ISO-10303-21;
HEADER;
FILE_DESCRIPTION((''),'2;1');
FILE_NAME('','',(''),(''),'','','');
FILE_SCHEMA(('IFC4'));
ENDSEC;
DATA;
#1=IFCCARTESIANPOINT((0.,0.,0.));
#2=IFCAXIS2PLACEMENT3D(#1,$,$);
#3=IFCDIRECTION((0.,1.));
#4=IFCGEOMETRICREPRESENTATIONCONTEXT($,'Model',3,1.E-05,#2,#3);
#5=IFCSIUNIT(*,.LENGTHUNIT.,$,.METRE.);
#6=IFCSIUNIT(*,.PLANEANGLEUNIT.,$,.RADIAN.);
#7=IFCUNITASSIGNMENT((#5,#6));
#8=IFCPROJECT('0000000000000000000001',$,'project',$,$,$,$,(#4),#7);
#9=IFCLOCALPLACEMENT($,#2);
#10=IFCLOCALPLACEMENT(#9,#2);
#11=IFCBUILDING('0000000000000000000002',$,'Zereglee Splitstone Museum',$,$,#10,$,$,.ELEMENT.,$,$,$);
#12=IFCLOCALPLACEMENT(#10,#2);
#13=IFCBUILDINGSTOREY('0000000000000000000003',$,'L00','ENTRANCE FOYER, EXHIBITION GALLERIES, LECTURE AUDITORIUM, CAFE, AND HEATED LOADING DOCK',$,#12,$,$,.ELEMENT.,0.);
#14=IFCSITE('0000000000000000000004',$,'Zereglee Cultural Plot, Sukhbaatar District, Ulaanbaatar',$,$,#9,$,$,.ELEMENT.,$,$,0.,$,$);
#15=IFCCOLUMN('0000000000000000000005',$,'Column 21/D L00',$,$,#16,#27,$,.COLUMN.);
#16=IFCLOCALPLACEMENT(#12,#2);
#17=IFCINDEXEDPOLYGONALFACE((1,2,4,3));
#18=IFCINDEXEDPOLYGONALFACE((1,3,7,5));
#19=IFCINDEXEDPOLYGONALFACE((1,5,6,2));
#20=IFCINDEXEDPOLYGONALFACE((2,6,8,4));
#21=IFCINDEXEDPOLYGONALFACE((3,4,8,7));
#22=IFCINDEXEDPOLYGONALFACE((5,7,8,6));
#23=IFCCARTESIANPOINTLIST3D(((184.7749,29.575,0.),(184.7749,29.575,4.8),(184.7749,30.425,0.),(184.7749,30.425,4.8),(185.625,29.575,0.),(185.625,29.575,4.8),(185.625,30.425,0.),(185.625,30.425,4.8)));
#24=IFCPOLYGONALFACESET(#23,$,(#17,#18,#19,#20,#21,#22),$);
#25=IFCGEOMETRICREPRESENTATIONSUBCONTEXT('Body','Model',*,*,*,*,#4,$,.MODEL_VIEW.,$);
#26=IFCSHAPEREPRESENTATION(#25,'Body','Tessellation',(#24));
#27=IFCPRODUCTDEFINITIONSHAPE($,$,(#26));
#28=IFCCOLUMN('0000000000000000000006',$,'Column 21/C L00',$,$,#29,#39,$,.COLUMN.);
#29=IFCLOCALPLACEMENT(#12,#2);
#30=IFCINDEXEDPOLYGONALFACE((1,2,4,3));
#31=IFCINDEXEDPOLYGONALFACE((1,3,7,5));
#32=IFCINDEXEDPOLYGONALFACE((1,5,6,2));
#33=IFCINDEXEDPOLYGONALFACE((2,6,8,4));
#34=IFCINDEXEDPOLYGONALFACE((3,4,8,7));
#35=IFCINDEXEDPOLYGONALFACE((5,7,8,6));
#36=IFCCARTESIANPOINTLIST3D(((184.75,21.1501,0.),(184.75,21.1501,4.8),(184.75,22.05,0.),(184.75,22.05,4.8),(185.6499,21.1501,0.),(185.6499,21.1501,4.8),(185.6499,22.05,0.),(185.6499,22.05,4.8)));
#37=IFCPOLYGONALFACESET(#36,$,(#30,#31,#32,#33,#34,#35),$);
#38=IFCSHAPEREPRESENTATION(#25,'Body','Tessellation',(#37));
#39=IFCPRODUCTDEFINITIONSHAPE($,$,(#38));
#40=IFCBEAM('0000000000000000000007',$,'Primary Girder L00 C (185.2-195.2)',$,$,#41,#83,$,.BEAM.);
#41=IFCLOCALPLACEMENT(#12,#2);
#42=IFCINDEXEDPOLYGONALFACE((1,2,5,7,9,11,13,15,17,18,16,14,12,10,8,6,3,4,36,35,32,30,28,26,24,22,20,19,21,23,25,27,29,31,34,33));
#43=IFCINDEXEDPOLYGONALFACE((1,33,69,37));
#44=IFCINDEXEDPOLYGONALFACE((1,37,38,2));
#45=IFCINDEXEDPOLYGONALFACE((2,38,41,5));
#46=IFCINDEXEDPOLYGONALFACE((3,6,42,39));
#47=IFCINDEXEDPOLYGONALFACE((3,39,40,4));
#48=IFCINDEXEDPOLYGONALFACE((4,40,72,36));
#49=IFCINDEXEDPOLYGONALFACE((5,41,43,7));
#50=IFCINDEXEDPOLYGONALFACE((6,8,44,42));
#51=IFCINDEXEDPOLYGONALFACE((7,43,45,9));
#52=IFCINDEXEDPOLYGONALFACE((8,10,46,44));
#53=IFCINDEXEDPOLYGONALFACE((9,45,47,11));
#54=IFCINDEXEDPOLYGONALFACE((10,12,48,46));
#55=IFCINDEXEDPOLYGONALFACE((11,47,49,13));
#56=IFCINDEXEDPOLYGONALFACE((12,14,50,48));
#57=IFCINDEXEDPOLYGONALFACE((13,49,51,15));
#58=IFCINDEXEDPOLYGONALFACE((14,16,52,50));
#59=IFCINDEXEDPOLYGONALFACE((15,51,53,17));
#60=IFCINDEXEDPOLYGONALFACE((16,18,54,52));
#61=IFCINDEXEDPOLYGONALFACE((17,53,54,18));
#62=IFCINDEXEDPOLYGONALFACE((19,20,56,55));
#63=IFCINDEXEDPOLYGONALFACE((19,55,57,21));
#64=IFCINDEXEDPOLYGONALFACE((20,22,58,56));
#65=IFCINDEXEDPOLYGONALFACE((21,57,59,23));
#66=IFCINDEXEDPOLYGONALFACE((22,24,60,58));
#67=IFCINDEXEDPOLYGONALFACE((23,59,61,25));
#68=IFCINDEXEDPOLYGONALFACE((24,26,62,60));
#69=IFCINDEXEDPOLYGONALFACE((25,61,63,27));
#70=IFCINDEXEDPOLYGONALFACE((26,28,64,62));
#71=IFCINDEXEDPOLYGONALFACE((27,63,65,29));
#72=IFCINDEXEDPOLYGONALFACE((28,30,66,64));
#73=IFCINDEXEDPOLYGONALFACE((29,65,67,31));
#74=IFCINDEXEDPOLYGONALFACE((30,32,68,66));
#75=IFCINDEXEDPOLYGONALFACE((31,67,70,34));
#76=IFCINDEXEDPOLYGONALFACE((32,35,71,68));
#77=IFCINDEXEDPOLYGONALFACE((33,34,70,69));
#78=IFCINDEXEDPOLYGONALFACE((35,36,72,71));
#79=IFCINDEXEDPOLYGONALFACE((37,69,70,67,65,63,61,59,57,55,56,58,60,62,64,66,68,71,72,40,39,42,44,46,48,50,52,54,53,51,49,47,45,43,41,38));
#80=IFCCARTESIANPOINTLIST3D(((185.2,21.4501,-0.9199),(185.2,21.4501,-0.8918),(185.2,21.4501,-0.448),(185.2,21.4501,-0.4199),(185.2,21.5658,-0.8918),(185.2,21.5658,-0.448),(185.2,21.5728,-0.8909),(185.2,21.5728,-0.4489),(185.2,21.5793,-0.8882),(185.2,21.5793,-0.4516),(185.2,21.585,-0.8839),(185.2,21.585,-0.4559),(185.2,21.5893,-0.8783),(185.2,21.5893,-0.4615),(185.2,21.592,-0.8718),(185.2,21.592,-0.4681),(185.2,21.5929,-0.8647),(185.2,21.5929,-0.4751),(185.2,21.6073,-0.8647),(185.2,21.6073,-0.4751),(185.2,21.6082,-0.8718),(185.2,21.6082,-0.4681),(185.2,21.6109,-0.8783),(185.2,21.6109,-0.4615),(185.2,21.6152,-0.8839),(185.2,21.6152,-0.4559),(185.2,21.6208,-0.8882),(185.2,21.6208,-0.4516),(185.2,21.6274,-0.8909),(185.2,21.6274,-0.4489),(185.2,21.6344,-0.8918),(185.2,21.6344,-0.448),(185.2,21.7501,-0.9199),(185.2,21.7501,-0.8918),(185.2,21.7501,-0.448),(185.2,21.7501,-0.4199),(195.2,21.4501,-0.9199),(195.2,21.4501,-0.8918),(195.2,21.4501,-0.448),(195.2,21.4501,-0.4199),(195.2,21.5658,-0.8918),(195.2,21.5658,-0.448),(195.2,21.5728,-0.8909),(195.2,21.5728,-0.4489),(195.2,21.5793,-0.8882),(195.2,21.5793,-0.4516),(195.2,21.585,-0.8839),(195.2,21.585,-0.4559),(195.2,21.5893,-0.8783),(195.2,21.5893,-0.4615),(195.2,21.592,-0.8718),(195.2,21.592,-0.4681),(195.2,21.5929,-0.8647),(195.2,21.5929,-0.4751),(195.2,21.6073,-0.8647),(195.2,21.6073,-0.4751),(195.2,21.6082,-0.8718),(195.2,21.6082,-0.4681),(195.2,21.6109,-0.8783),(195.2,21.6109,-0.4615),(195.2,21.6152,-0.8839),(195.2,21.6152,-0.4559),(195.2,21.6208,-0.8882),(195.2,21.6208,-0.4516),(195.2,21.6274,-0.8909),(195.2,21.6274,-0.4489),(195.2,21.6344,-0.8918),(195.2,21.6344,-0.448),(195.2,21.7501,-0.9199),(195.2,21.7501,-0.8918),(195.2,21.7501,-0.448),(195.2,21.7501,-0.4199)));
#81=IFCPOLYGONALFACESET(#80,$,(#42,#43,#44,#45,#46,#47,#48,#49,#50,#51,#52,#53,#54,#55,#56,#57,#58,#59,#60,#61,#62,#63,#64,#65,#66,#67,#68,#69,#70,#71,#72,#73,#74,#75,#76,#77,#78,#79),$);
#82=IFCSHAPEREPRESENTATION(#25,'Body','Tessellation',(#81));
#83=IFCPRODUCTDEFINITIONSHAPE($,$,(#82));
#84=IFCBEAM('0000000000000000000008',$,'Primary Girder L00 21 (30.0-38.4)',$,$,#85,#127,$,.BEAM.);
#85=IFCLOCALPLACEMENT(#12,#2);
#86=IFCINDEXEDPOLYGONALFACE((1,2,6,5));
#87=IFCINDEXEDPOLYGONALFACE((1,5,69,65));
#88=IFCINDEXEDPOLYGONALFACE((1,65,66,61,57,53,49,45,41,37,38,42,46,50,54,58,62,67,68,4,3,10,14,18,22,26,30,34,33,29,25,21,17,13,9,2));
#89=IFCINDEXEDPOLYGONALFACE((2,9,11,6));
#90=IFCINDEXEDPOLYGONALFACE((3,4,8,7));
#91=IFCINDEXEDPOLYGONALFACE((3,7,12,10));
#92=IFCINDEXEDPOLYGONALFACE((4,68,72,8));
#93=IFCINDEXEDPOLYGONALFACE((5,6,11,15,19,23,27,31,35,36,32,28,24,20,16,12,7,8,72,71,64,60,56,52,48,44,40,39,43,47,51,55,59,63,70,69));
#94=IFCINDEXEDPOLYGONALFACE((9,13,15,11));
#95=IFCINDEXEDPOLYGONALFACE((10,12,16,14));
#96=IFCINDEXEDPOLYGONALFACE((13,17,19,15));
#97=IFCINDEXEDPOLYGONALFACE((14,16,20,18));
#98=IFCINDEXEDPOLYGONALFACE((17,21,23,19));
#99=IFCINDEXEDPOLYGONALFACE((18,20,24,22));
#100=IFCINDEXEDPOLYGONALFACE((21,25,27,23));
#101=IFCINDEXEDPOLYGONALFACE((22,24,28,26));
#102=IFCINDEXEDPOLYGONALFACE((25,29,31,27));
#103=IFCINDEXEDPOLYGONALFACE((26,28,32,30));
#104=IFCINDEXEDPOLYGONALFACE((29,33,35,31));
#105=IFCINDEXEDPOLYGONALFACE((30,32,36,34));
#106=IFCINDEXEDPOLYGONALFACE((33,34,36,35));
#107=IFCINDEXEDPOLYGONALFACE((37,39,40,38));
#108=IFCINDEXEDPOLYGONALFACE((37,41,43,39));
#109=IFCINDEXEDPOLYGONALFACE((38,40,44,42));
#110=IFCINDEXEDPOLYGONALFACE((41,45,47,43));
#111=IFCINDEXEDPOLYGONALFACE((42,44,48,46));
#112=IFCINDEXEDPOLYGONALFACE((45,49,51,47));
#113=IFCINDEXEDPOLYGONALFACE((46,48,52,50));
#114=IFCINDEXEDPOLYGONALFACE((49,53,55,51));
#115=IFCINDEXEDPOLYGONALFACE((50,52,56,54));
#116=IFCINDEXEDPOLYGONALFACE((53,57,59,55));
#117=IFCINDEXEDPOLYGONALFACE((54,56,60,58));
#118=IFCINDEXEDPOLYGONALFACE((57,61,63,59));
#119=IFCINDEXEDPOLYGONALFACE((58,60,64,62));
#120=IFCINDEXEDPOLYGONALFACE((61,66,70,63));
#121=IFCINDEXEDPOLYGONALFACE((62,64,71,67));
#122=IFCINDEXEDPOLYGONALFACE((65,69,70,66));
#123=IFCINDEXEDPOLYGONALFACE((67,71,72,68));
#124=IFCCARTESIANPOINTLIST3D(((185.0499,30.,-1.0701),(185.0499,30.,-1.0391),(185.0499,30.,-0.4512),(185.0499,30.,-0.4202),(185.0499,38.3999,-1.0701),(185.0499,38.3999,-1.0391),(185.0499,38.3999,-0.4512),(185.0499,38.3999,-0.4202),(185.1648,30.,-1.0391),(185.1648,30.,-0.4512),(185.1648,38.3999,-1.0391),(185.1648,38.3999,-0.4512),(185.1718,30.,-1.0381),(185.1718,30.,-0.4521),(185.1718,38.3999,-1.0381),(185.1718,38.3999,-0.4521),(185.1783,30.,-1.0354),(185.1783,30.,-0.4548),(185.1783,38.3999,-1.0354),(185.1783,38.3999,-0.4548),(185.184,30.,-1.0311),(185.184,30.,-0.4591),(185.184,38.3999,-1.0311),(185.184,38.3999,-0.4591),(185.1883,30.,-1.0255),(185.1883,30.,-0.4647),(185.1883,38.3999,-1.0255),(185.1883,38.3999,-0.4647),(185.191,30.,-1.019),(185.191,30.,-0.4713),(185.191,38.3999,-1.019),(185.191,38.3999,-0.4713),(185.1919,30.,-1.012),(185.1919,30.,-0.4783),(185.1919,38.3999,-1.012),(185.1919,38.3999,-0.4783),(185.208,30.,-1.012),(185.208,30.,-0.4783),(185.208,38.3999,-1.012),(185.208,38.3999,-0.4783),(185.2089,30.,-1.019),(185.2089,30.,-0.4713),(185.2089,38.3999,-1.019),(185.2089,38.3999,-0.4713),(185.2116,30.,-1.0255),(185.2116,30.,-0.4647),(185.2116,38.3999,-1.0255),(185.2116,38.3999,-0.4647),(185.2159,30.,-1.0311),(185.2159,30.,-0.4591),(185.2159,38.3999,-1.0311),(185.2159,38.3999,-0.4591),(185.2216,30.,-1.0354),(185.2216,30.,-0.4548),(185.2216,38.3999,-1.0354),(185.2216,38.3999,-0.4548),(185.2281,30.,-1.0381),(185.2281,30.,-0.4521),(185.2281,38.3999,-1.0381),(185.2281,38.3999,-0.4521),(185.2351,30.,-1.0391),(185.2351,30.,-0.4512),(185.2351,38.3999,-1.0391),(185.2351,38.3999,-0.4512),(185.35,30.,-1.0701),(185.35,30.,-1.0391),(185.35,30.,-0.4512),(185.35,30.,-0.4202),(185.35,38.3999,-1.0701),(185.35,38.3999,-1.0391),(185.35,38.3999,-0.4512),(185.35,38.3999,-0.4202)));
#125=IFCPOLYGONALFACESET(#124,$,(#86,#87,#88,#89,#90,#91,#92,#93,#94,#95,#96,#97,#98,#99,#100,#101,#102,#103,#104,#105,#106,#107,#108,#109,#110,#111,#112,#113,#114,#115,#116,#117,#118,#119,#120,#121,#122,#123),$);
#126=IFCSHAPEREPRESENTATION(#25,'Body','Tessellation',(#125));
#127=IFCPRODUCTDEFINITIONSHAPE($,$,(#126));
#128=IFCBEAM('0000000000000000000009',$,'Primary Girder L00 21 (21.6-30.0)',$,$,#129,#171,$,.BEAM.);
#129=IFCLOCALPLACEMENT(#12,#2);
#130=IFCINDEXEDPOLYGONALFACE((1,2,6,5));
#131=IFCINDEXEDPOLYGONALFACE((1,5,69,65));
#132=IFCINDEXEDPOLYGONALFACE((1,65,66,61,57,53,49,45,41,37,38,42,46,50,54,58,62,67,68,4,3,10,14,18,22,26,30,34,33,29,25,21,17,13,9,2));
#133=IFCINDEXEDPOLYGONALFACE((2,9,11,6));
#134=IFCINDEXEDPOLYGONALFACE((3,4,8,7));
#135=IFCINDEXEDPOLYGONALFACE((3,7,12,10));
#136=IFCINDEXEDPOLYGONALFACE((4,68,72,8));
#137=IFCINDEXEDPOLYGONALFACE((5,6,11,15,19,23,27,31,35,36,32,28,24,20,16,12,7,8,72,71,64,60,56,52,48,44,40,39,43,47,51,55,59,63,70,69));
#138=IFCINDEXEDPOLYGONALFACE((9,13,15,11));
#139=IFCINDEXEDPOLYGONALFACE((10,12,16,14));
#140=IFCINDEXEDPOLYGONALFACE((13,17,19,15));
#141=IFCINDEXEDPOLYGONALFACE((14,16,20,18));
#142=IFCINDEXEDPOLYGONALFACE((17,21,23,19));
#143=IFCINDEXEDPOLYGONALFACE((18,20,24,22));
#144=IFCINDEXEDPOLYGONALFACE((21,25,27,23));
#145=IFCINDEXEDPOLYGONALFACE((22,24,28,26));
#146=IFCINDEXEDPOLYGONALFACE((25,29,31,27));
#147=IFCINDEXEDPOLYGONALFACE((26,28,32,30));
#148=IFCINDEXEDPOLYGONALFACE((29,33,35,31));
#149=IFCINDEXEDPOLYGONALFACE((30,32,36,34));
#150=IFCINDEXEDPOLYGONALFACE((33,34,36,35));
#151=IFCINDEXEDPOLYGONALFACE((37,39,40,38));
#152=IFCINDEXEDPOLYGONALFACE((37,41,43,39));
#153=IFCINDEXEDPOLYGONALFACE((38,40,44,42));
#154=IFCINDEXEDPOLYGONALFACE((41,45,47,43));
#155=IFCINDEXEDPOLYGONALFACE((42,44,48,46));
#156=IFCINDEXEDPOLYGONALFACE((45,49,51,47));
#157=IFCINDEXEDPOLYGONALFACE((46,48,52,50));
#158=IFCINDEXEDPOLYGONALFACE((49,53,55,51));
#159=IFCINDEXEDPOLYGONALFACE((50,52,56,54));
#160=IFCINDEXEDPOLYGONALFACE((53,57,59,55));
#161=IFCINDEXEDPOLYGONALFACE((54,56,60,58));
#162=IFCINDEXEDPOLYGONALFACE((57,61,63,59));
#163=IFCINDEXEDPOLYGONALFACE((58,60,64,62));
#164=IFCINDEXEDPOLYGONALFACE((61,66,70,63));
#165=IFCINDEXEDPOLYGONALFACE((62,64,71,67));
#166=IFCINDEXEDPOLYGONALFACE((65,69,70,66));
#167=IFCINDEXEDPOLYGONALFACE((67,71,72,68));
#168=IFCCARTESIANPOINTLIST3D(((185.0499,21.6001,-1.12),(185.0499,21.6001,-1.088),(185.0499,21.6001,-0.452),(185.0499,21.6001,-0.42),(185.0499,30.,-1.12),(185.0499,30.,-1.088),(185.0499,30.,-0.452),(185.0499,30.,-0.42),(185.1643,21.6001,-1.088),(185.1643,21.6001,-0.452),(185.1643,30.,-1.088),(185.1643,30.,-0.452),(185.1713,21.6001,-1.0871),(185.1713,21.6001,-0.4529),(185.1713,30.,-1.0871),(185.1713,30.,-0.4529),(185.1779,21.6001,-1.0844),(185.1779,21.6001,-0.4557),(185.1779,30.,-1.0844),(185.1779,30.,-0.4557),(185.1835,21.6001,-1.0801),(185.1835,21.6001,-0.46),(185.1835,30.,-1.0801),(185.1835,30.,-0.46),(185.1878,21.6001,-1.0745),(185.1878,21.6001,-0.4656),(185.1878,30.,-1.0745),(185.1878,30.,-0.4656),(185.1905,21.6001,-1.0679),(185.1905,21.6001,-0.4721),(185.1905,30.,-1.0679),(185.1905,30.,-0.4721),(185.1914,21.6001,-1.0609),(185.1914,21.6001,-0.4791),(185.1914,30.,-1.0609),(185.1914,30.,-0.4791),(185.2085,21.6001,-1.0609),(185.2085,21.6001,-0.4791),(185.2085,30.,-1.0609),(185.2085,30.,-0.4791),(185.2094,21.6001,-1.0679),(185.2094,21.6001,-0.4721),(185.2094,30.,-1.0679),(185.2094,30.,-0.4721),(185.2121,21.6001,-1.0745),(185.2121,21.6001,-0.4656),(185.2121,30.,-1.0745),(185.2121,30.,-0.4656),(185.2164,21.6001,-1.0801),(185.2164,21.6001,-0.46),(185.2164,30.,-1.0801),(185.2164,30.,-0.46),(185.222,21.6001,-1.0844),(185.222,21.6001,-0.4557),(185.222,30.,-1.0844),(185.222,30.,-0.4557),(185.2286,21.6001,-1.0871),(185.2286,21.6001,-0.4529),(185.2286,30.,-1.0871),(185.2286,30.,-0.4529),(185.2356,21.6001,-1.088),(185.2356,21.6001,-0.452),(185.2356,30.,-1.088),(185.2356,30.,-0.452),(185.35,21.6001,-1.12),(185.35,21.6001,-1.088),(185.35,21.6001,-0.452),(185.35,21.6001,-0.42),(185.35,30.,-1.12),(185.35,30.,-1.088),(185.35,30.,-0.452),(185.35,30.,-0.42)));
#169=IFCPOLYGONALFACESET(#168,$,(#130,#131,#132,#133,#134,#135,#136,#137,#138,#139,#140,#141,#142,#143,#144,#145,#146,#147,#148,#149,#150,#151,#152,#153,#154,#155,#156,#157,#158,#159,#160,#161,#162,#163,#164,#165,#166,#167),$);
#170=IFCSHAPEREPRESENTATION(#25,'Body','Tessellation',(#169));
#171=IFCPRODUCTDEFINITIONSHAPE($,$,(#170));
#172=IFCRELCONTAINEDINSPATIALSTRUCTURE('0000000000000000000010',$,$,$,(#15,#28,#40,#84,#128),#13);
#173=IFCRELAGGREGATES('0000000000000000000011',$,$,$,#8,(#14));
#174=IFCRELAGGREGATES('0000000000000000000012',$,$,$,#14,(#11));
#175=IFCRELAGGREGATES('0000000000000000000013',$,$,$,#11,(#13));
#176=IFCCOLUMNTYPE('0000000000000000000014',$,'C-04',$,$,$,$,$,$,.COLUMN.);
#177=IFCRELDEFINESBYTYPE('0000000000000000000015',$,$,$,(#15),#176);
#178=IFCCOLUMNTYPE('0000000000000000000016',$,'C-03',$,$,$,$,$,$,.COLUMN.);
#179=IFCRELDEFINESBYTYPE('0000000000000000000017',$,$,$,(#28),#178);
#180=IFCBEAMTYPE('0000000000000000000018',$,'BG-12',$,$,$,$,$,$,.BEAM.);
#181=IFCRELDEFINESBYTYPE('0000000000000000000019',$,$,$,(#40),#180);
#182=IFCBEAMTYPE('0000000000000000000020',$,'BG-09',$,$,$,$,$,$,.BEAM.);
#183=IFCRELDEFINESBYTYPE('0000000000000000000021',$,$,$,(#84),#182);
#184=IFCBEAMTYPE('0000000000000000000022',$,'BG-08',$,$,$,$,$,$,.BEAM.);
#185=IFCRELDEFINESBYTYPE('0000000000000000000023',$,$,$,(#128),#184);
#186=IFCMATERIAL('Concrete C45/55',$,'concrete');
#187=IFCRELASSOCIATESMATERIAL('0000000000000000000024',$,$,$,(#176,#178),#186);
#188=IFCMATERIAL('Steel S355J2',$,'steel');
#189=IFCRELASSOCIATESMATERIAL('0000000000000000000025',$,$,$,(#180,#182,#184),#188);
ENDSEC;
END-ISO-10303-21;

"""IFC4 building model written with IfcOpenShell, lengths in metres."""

from ifc_helpers import new_model, si_unit, direction, frame, origin, origin_2d, place, context, subcontext, project, spatial, rectangle, i_section, extrude, material, material_profile, profile_set, type_object, element, save


model = new_model("IFC4")

# Units and contexts
model_context = context("Model", 3, precision=1e-05, world=origin(), true_north=direction((0.0, 1.0)))
body_context = subcontext(model_context, "Body", "Model", "MODEL_VIEW")
ifc_project = project(units=[si_unit("LENGTHUNIT", "METRE"), si_unit("PLANEANGLEUNIT", "RADIAN")], contexts=[model_context])

# Site, building, storey
site_placement = place(None, origin())
site = spatial("IfcSite", under=ifc_project, at=site_placement, Name="Zereglee Cultural Plot, Sukhbaatar District, Ulaanbaatar", CompositionType="ELEMENT", RefElevation=0.0)
building_placement = place(site_placement, origin())
building = spatial("IfcBuilding", under=site, at=building_placement, Name="Zereglee Splitstone Museum", CompositionType="ELEMENT")
storey_placement = place(building_placement, origin())
storey = spatial("IfcBuildingStorey", under=building, at=storey_placement, Name="L00", Description="ENTRANCE FOYER, EXHIBITION GALLERIES, LECTURE AUDITORIUM, CAFE, AND HEATED LOADING DOCK", CompositionType="ELEMENT", Elevation=0.0)

# Columns
ifc_material_1 = material(Name="Concrete C45/55", Category="concrete")
ifc_material_profile_1 = material_profile(ifc_material_1, rectangle(XDim=0.8501, YDim=0.8501, at=origin_2d()), Name="RC 850x850")
ifc_profile_set_1 = profile_set([ifc_material_profile_1], Name="Concrete C45/55")
column_type_1 = type_object("IfcColumnType", Name="C-04", PredefinedType="COLUMN", material=ifc_profile_set_1)
column_1_placement = place(storey_placement, frame((185.2, 30.0, 0.0), z_axis=(0.0, 0.0, 1.0), x_axis=(1.0, 0.0, 0.0)))
element("IfcColumn", 1, at=column_1_placement, inside=storey, type_object=column_type_1, Name="Column 21/D L00", PredefinedType="COLUMN", context=body_context, shape_type="SweptSolid", body=[
    extrude(rectangle(XDim=0.8501, YDim=0.8501, at=origin_2d()), origin(), (0.0, 0.0, 1.0), 4.8),
])
ifc_material_profile_2 = material_profile(ifc_material_1, rectangle(XDim=0.8999, YDim=0.8999, at=origin_2d()), Name="RC 900x900")
ifc_profile_set_2 = profile_set([ifc_material_profile_2], Name="Concrete C45/55")
column_type_2 = type_object("IfcColumnType", Name="C-03", PredefinedType="COLUMN", material=ifc_profile_set_2)
column_2_placement = place(storey_placement, frame((185.2, 21.6001, 0.0), z_axis=(0.0, 0.0, 1.0), x_axis=(1.0, 0.0, 0.0)))
element("IfcColumn", 2, at=column_2_placement, inside=storey, type_object=column_type_2, Name="Column 21/C L00", PredefinedType="COLUMN", context=body_context, shape_type="SweptSolid", body=[
    extrude(rectangle(XDim=0.8999, YDim=0.8999, at=origin_2d()), origin(), (0.0, 0.0, 1.0), 4.8),
])

# Beams
ifc_material_2 = material(Name="Steel S355J2", Category="steel")
ifc_material_profile_3 = material_profile(ifc_material_2, i_section(OverallWidth=0.3, OverallDepth=0.5, WebThickness=0.0144, FlangeThickness=0.0281, FilletRadius=0.0271, at=origin_2d()), Name="HE 500 B")
ifc_profile_set_3 = profile_set([ifc_material_profile_3], Name="Steel S355J2")
beam_type_1 = type_object("IfcBeamType", Name="BG-12", PredefinedType="BEAM", material=ifc_profile_set_3)
beam_1_placement = place(storey_placement, frame((185.2, 21.6001, -0.6699), z_axis=(1.0, 0.0, 0.0), x_axis=(0.0, 1.0, 0.0)))
element("IfcBeam", 3, at=beam_1_placement, inside=storey, type_object=beam_type_1, Name="Primary Girder L00 C (185.2-195.2)", PredefinedType="BEAM", context=body_context, shape_type="SweptSolid", body=[
    extrude(i_section(OverallWidth=0.3, OverallDepth=0.5, WebThickness=0.0144, FlangeThickness=0.0281, FilletRadius=0.0271, at=origin_2d()), origin(), (0.0, 0.0, 1.0), 10.0),
])
ifc_material_profile_4 = material_profile(ifc_material_2, i_section(OverallWidth=0.3, OverallDepth=0.6499, WebThickness=0.0161, FlangeThickness=0.031, FilletRadius=0.0271, at=origin_2d()), Name="HE 650 B")
ifc_profile_set_4 = profile_set([ifc_material_profile_4], Name="Steel S355J2")
beam_type_2 = type_object("IfcBeamType", Name="BG-09", PredefinedType="BEAM", material=ifc_profile_set_4)
beam_2_placement = place(storey_placement, frame((185.2, 30.0, -0.7451), z_axis=(0.0, 1.0, 0.0), x_axis=(-1.0, 0.0, 0.0)))
element("IfcBeam", 4, at=beam_2_placement, inside=storey, type_object=beam_type_2, Name="Primary Girder L00 21 (30.0-38.4)", PredefinedType="BEAM", context=body_context, shape_type="SweptSolid", body=[
    extrude(i_section(OverallWidth=0.3, OverallDepth=0.6499, WebThickness=0.0161, FlangeThickness=0.031, FilletRadius=0.0271, at=origin_2d()), origin(), (0.0, 0.0, 1.0), 8.3999),
])
ifc_material_profile_5 = material_profile(ifc_material_2, i_section(OverallWidth=0.3, OverallDepth=0.7, WebThickness=0.0171, FlangeThickness=0.032, FilletRadius=0.0271, at=origin_2d()), Name="HE 700 B")
ifc_profile_set_5 = profile_set([ifc_material_profile_5], Name="Steel S355J2")
beam_type_3 = type_object("IfcBeamType", Name="BG-08", PredefinedType="BEAM", material=ifc_profile_set_5)
beam_3_placement = place(storey_placement, frame((185.2, 21.6001, -0.77), z_axis=(0.0, 1.0, 0.0), x_axis=(-1.0, 0.0, 0.0)))
element("IfcBeam", 5, at=beam_3_placement, inside=storey, type_object=beam_type_3, Name="Primary Girder L00 21 (21.6-30.0)", PredefinedType="BEAM", context=body_context, shape_type="SweptSolid", body=[
    extrude(i_section(OverallWidth=0.3, OverallDepth=0.7, WebThickness=0.0171, FlangeThickness=0.032, FilletRadius=0.0271, at=origin_2d()), origin(), (0.0, 0.0, 1.0), 8.3999),
])

save(model, "model.ifc")
